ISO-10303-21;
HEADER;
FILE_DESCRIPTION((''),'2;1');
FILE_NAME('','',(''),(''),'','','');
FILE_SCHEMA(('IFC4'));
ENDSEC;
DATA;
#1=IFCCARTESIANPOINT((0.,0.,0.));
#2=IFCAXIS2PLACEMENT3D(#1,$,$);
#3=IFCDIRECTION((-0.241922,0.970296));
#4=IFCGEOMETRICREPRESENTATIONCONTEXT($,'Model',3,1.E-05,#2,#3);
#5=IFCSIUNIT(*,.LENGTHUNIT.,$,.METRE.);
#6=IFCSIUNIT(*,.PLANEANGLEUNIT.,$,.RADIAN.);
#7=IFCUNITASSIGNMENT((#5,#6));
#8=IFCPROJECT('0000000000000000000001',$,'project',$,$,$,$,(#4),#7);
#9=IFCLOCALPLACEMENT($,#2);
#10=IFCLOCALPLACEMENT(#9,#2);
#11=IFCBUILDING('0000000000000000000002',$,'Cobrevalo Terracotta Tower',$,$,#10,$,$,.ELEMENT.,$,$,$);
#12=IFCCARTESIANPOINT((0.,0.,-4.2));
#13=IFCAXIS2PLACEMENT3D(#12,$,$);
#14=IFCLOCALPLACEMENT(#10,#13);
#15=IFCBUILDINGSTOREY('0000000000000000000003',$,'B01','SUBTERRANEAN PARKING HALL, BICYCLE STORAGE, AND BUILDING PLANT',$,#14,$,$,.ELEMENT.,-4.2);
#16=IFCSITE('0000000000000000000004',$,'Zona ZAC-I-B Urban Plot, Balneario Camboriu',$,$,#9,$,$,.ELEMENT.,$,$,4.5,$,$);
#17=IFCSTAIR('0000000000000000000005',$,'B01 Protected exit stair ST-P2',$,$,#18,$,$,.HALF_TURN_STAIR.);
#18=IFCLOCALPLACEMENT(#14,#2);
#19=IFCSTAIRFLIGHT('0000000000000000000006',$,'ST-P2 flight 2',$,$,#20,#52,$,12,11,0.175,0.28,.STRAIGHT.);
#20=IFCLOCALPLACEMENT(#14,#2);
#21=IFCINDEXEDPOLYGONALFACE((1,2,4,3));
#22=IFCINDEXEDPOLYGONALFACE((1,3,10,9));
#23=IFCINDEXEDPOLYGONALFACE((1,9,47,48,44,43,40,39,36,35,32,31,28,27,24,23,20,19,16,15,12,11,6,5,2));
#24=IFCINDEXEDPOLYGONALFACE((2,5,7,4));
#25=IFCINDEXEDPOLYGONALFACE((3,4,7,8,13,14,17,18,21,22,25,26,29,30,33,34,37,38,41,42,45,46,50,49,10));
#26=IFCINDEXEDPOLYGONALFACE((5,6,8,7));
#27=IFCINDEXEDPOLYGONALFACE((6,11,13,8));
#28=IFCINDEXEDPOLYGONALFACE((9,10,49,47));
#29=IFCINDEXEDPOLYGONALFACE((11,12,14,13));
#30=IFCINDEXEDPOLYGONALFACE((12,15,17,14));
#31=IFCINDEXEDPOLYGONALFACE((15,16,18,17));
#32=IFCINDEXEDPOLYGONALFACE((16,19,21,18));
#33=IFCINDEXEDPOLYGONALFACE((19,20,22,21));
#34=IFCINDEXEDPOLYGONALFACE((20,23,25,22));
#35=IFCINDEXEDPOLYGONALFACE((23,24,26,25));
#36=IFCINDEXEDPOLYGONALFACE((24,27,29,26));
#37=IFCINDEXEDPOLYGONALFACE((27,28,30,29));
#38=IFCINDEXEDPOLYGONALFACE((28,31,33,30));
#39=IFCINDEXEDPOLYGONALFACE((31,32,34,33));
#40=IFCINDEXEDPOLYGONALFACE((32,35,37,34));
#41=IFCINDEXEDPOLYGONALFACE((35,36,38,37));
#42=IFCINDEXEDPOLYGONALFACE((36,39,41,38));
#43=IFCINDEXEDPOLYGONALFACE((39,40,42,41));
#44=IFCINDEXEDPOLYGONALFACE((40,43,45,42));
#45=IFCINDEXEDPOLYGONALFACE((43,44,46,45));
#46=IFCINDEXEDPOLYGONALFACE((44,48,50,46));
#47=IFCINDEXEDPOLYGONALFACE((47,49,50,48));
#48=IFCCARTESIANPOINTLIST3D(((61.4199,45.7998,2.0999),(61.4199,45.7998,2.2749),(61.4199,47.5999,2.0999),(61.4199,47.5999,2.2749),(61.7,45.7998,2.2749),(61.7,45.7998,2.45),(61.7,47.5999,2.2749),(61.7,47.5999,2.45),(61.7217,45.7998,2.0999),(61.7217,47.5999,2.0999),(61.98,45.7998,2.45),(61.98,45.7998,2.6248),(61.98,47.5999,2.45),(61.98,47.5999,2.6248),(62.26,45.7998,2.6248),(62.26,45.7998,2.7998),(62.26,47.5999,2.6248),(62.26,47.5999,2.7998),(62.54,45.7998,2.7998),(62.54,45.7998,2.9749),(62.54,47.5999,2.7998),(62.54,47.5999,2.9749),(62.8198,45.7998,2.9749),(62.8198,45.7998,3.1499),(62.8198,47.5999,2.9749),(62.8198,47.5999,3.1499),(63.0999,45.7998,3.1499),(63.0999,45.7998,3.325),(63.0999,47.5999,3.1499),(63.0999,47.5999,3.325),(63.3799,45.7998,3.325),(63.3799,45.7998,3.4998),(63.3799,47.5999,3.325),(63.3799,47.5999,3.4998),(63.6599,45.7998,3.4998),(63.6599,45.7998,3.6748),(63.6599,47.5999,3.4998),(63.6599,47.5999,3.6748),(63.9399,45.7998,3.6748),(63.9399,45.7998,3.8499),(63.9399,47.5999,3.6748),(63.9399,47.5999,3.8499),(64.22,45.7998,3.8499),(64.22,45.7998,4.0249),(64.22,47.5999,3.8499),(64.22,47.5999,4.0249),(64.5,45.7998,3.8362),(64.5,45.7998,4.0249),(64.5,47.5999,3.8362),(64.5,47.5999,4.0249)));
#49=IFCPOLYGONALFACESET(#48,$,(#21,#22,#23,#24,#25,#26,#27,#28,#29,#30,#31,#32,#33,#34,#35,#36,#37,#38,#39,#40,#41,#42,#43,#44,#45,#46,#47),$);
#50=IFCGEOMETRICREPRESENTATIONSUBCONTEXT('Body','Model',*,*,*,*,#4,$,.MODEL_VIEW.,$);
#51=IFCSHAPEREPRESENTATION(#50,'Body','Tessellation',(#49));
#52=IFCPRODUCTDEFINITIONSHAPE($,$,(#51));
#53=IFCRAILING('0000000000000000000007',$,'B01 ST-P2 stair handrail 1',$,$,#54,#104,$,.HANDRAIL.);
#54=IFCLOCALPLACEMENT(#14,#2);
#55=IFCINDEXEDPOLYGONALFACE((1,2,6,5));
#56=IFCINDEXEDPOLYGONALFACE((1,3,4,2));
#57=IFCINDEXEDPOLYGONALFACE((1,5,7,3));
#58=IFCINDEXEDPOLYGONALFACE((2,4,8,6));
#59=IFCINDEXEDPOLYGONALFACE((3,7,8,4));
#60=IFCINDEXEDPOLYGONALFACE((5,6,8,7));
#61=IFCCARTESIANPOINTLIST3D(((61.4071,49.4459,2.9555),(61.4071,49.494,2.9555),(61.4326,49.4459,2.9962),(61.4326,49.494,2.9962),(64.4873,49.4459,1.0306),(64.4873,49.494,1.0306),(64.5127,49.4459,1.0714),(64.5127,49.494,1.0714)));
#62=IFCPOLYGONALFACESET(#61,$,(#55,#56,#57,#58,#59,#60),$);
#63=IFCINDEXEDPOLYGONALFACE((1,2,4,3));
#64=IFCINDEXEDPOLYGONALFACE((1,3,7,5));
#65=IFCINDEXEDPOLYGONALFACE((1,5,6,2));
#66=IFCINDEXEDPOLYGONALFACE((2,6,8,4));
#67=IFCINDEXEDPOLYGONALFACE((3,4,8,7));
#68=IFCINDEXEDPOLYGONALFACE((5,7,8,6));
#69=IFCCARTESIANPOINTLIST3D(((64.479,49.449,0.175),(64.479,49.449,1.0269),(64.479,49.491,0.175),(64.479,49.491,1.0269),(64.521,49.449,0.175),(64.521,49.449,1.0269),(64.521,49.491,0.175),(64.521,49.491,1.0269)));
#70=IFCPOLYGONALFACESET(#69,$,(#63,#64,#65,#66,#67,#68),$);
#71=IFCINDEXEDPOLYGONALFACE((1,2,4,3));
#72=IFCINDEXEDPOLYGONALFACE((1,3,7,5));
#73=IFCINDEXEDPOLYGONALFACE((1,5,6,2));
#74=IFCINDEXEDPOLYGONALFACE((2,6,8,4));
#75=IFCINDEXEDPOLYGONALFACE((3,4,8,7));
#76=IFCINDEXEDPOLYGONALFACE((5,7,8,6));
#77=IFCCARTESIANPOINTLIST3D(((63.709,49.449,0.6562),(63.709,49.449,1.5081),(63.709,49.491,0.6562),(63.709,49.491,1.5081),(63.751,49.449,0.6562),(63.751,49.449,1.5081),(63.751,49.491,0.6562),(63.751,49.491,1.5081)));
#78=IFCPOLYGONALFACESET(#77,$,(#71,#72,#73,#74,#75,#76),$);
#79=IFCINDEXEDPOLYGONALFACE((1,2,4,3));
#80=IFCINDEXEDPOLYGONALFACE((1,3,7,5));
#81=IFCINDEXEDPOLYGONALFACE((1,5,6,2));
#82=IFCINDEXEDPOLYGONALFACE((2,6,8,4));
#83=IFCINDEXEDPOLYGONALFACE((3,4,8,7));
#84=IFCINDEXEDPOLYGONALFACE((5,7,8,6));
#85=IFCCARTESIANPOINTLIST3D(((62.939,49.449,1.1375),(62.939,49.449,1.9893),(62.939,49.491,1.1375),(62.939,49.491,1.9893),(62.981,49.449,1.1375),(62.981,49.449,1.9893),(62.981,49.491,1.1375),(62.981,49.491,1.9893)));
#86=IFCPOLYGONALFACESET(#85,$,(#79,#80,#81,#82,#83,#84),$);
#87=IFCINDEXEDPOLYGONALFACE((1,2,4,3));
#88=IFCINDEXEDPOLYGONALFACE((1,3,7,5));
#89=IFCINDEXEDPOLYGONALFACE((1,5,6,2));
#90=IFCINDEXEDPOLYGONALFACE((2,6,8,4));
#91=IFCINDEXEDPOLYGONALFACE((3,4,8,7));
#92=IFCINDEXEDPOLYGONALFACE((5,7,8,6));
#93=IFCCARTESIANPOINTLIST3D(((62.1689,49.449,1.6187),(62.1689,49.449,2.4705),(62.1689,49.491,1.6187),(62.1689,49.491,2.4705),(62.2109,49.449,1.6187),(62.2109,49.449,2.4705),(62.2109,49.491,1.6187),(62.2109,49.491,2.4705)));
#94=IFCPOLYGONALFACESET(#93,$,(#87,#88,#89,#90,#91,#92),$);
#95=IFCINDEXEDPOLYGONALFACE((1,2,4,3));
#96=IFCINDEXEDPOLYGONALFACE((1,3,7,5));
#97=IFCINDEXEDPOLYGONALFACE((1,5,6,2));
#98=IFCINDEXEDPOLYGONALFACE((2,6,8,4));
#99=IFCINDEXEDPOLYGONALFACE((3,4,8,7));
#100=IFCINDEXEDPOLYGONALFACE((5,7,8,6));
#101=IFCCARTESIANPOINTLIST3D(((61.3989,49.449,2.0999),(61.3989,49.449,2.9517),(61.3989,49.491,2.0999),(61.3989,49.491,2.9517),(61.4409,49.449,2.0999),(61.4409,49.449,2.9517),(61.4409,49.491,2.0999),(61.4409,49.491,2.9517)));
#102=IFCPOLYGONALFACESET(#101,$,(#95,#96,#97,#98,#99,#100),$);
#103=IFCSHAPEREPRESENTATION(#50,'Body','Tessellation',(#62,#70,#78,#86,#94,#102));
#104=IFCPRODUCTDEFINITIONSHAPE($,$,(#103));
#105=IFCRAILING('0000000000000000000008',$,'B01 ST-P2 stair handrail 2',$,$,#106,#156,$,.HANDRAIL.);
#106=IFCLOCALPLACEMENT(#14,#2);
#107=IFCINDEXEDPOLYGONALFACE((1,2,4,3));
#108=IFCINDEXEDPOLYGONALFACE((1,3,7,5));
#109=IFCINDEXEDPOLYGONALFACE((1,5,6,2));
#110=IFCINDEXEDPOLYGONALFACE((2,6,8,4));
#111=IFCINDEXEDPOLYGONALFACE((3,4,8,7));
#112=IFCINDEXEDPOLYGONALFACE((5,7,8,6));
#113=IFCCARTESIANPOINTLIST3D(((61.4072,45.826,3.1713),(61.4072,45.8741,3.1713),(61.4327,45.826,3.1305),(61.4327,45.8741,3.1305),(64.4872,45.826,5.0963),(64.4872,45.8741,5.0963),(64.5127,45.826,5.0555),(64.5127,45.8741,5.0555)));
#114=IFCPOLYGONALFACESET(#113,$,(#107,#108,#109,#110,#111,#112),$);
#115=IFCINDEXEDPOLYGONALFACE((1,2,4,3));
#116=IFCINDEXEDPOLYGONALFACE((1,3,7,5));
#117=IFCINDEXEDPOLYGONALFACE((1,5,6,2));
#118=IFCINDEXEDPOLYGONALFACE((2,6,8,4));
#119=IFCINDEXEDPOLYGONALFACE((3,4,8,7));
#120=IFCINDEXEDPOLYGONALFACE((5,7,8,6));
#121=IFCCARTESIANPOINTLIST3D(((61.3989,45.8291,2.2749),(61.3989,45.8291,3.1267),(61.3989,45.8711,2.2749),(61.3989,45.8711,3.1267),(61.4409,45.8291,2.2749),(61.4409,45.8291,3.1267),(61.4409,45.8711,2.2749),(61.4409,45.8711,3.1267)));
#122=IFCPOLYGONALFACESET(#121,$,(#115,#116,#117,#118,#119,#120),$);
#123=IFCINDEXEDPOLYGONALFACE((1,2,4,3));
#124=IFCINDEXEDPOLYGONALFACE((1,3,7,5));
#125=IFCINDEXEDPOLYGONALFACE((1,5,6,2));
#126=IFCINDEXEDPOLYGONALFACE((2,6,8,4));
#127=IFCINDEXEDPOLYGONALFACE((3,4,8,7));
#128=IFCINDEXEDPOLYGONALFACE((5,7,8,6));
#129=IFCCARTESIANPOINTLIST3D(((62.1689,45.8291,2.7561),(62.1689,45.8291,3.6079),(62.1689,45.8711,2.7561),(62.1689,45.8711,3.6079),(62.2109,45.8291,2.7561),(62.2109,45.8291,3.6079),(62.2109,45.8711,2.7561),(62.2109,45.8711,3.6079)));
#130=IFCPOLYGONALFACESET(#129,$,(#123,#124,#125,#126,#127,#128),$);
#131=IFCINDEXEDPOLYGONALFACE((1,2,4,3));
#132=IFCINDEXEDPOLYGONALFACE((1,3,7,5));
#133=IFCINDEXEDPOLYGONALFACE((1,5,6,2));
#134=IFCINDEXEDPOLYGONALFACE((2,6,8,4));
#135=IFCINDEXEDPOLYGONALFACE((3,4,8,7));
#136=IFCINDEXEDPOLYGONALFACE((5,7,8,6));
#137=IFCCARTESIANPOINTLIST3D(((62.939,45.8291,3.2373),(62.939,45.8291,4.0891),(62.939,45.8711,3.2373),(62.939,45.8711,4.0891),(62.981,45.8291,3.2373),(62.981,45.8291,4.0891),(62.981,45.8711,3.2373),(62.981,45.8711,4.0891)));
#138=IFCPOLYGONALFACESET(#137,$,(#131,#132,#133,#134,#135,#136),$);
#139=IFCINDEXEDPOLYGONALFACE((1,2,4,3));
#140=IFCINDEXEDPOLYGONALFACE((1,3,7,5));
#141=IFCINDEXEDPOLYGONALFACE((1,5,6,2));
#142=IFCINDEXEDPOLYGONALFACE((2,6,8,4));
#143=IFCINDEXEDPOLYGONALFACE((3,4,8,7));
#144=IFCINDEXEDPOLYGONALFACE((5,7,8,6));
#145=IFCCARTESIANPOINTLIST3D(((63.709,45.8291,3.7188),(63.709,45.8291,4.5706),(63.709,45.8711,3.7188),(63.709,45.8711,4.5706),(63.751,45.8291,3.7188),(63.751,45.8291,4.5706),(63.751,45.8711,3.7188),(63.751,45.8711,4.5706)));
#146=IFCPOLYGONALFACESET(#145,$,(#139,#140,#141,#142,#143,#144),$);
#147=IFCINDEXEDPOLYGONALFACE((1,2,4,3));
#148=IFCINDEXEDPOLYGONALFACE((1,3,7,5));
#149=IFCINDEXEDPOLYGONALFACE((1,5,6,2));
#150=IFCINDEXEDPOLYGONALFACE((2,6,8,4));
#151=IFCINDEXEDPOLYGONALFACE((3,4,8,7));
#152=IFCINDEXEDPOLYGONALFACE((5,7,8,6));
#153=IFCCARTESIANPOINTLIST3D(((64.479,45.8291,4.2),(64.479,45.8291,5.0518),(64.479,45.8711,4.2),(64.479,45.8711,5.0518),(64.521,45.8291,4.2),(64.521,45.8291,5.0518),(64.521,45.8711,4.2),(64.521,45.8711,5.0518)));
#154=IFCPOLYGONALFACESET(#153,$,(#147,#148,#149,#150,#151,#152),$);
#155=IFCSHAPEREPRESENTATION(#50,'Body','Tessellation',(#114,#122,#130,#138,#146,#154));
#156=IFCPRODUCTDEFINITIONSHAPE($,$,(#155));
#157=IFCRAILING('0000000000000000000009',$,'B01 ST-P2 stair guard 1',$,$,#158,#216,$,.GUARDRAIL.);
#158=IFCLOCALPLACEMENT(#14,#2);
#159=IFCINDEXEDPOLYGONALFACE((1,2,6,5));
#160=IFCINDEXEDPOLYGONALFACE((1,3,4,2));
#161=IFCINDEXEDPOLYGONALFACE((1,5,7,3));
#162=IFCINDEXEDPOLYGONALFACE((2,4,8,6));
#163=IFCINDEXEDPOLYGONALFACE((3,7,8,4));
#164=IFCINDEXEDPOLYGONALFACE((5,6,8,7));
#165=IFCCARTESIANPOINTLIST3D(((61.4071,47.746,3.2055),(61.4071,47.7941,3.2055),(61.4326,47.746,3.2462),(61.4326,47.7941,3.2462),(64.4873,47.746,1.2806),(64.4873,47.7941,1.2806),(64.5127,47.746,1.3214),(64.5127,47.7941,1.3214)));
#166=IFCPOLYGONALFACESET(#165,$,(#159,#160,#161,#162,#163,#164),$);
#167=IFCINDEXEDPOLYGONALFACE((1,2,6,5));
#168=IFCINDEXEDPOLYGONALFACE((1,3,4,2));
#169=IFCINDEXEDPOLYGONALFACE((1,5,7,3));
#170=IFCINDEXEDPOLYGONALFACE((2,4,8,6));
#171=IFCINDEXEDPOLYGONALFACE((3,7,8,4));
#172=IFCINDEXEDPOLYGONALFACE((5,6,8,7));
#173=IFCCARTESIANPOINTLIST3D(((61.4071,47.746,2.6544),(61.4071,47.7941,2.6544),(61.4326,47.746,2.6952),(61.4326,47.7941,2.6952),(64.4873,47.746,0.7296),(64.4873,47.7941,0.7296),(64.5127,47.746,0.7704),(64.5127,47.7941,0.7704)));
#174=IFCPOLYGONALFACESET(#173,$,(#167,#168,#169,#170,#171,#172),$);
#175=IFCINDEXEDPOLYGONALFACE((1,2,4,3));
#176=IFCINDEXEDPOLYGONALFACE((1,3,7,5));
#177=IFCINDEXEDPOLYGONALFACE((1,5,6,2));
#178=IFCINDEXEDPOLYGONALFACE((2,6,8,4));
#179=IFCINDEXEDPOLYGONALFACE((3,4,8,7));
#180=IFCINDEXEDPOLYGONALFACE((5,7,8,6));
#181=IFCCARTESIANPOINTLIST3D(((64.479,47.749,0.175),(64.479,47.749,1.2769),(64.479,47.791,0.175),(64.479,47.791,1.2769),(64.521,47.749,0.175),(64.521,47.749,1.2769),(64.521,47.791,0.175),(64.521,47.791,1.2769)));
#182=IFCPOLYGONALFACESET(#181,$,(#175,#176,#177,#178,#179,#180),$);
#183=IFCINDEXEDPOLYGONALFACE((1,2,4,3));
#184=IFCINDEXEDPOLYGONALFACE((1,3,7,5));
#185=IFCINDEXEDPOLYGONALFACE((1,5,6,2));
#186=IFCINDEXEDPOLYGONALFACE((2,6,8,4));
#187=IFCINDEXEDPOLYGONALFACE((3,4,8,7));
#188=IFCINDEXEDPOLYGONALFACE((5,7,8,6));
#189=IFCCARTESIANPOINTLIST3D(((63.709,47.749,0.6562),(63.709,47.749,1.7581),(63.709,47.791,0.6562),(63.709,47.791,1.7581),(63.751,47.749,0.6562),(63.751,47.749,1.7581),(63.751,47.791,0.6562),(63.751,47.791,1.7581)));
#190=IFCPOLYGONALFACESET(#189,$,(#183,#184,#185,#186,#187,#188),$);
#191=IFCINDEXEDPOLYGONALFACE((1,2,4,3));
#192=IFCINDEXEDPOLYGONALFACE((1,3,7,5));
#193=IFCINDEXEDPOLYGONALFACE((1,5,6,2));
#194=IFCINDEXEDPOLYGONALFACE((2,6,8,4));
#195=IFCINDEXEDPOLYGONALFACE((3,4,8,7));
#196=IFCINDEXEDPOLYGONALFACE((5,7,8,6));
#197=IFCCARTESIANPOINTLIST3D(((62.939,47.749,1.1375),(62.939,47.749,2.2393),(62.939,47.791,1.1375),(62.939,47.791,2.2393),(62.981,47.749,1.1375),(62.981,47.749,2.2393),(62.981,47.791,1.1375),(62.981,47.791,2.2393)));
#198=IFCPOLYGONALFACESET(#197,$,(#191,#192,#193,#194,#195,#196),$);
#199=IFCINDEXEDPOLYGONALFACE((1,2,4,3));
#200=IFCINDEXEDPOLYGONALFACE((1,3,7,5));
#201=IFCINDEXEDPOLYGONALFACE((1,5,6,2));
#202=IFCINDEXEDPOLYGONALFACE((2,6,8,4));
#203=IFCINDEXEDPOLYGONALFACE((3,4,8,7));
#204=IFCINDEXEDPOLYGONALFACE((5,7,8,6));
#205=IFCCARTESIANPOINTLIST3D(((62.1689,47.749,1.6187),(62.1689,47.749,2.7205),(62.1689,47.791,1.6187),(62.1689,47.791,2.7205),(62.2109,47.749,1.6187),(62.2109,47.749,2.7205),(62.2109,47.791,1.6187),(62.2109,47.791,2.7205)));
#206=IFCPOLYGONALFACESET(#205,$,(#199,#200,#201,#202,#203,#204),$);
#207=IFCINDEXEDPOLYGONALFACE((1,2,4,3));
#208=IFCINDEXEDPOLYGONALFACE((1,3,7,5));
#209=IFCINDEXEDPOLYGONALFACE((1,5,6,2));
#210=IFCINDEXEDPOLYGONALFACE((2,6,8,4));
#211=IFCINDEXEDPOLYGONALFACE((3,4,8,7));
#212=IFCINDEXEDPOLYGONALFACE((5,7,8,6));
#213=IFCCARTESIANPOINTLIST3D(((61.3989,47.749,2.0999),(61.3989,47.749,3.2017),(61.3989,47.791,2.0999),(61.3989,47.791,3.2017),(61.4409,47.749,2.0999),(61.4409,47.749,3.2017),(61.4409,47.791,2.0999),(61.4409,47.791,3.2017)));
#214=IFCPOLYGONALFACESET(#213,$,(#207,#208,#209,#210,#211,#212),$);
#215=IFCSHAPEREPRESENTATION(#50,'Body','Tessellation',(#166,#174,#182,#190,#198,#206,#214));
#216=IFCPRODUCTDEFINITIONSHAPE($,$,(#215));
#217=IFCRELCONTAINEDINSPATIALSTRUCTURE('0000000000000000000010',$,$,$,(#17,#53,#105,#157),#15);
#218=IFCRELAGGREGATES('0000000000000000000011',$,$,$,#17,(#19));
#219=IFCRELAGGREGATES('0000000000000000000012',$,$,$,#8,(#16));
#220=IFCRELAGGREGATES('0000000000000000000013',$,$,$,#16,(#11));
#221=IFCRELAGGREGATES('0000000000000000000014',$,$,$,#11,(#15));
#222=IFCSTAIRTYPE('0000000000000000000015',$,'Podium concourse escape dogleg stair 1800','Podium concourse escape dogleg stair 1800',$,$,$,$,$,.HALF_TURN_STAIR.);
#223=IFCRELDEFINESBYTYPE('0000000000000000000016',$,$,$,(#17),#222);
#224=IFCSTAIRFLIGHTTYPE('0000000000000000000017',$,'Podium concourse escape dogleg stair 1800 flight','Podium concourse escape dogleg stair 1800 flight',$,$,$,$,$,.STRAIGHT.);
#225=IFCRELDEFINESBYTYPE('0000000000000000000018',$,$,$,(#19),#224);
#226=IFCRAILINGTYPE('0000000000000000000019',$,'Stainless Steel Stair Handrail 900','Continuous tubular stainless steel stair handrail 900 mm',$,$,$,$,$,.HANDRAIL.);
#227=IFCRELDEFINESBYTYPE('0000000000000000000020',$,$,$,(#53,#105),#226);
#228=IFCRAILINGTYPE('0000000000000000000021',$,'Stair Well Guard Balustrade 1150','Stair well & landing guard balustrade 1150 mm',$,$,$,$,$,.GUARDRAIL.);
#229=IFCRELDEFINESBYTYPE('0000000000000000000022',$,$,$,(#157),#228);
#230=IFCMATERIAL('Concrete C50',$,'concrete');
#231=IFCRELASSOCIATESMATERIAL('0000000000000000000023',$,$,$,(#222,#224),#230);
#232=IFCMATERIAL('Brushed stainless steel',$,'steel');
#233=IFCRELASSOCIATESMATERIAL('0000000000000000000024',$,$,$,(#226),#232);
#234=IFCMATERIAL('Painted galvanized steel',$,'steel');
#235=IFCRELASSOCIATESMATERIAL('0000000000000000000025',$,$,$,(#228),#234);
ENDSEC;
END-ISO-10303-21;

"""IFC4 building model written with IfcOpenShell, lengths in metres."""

from ifc_helpers import new_model, si_unit, direction, frame, origin, origin_2d, place, context, subcontext, project, spatial, polyline, rectangle, outline, extrude, material, type_object, element, aggregate, save


model = new_model("IFC4")

# Units and contexts
model_context = context("Model", 3, precision=1e-05, world=origin(), true_north=direction((-0.241922, 0.970296)))
body_context = subcontext(model_context, "Body", "Model", "MODEL_VIEW")
ifc_project = project(units=[si_unit("LENGTHUNIT", "METRE"), si_unit("PLANEANGLEUNIT", "RADIAN")], contexts=[model_context])

# Site, building, storey
site_placement = place(None, origin())
site = spatial("IfcSite", under=ifc_project, at=site_placement, Name="Zona ZAC-I-B Urban Plot, Balneario Camboriu", CompositionType="ELEMENT", RefElevation=4.5)
building_placement = place(site_placement, origin())
building = spatial("IfcBuilding", under=site, at=building_placement, Name="Cobrevalo Terracotta Tower", CompositionType="ELEMENT")
storey_placement = place(building_placement, frame((0.0, 0.0, -4.2)))
storey = spatial("IfcBuildingStorey", under=building, at=storey_placement, Name="B01", Description="SUBTERRANEAN PARKING HALL, BICYCLE STORAGE, AND BUILDING PLANT", CompositionType="ELEMENT", Elevation=-4.2)

# Shared definitions
ifc_material_1 = material(Name="Concrete C50", Category="concrete")

# Stair, stair flight
stair_type = type_object("IfcStairType", Name="Podium concourse escape dogleg stair 1800", Description="Podium concourse escape dogleg stair 1800", PredefinedType="HALF_TURN_STAIR", material=ifc_material_1)
stair_placement = place(storey_placement, origin())
stair = element("IfcStair", 1, at=stair_placement, inside=storey, type_object=stair_type, Name="B01 Protected exit stair ST-P2", PredefinedType="HALF_TURN_STAIR")
stair_flight_type = type_object("IfcStairFlightType", Name="Podium concourse escape dogleg stair 1800 flight", Description="Podium concourse escape dogleg stair 1800 flight", PredefinedType="STRAIGHT", material=ifc_material_1)
stair_flight_1_placement = place(storey_placement, frame((61.4199, 46.7, 2.0999), z_axis=(0.0, 0.0, 1.0), x_axis=(1.0, 0.0, 0.0)))
stair_flight_1 = element("IfcStairFlight", 2, at=stair_flight_1_placement, type_object=stair_flight_type, Name="ST-P2 flight 2", NumberOfRisers=12, NumberOfTreads=11, PredefinedType="STRAIGHT", RiserHeight=0.175, TreadLength=0.28, context=body_context, shape_type="SweptSolid", body=[
    extrude(outline(polyline([(0.0, 0.0), (0.0, 0.175), (0.28, 0.175), (0.28, 0.3501), (0.5601, 0.3501), (0.5601, 0.5249), (0.8401, 0.5249), (0.8401, 0.7), (1.1201, 0.7), (1.1201, 0.875), (1.3999, 0.875), (1.3999, 1.05), (1.6799, 1.05), (1.6799, 1.2251), (1.96, 1.2251), (1.96, 1.3999), (2.24, 1.3999), (2.24, 1.575), (2.52, 1.575), (2.52, 1.75), (2.8, 1.75), (2.8, 1.925), (3.0801, 1.925), (3.0801, 2.1001), (3.0801, 1.7363), (0.3018, 0.0), (0.0, 0.0)])), frame((0.0, 0.8999, 0.0), z_axis=(0.0, -1.0, 0.0), x_axis=(1.0, 0.0, 0.0)), (0.0, 0.0, 1.0), 1.8),
])
aggregate(stair, [stair_flight_1])

# Railings
ifc_material_2 = material(Name="Brushed stainless steel", Category="steel")
railing_type_1 = type_object("IfcRailingType", Name="Stainless Steel Stair Handrail 900", Description="Continuous tubular stainless steel stair handrail 900 mm", PredefinedType="HANDRAIL", material=ifc_material_2)
railing_1_placement = place(storey_placement, frame((64.5, 49.47, 0.175)))
element("IfcRailing", 3, at=railing_1_placement, inside=storey, type_object=railing_type_1, Name="B01 ST-P2 stair handrail 1", PredefinedType="HANDRAIL", context=body_context, shape_type="SweptSolid", body=[
    extrude(rectangle(XDim=0.0481, YDim=0.0481, at=origin_2d()), frame((0.0, 0.0, 0.876), z_axis=(-0.848029, 0.0, 0.529951), x_axis=(0.0, -1.0, 0.0)), (0.0, 0.0, 1.0), 3.6321),
    extrude(rectangle(XDim=0.042, YDim=0.042, at=origin_2d()), origin(), (0.0, 0.0, 1.0), 0.8518),
    extrude(rectangle(XDim=0.042, YDim=0.042, at=origin_2d()), frame((-0.77, 0.0, 0.4812)), (0.0, 0.0, 1.0), 0.8518),
    extrude(rectangle(XDim=0.042, YDim=0.042, at=origin_2d()), frame((-1.54, 0.0, 0.9624)), (0.0, 0.0, 1.0), 0.8518),
    extrude(rectangle(XDim=0.042, YDim=0.042, at=origin_2d()), frame((-2.3101, 0.0, 1.4436)), (0.0, 0.0, 1.0), 0.8518),
    extrude(rectangle(XDim=0.042, YDim=0.042, at=origin_2d()), frame((-3.0801, 0.0, 1.9248)), (0.0, 0.0, 1.0), 0.8518),
])
railing_2_placement = place(storey_placement, frame((61.4199, 45.8501, 2.2749)))
element("IfcRailing", 4, at=railing_2_placement, inside=storey, type_object=railing_type_1, Name="B01 ST-P2 stair handrail 2", PredefinedType="HANDRAIL", context=body_context, shape_type="SweptSolid", body=[
    extrude(rectangle(XDim=0.0481, YDim=0.0481, at=origin_2d()), frame((0.0, 0.0, 0.876), z_axis=(0.847998, 0.0, 0.529999), x_axis=(0.0, 1.0, 0.0)), (0.0, 0.0, 1.0), 3.6321),
    extrude(rectangle(XDim=0.042, YDim=0.042, at=origin_2d()), origin(), (0.0, 0.0, 1.0), 0.8518),
    extrude(rectangle(XDim=0.042, YDim=0.042, at=origin_2d()), frame((0.77, 0.0, 0.4812)), (0.0, 0.0, 1.0), 0.8518),
    extrude(rectangle(XDim=0.042, YDim=0.042, at=origin_2d()), frame((1.54, 0.0, 0.9624)), (0.0, 0.0, 1.0), 0.8518),
    extrude(rectangle(XDim=0.042, YDim=0.042, at=origin_2d()), frame((2.3101, 0.0, 1.4438)), (0.0, 0.0, 1.0), 0.8518),
    extrude(rectangle(XDim=0.042, YDim=0.042, at=origin_2d()), frame((3.0801, 0.0, 1.925)), (0.0, 0.0, 1.0), 0.8518),
])
ifc_material_3 = material(Name="Painted galvanized steel", Category="steel")
railing_type_2 = type_object("IfcRailingType", Name="Stair Well Guard Balustrade 1150", Description="Stair well & landing guard balustrade 1150 mm", PredefinedType="GUARDRAIL", material=ifc_material_3)
railing_3_placement = place(storey_placement, frame((64.5, 47.77, 0.175)))
element("IfcRailing", 5, at=railing_3_placement, inside=storey, type_object=railing_type_2, Name="B01 ST-P2 stair guard 1", PredefinedType="GUARDRAIL", context=body_context, shape_type="SweptSolid", body=[
    extrude(rectangle(XDim=0.0481, YDim=0.0481, at=origin_2d()), frame((0.0, 0.0, 1.126), z_axis=(-0.848029, 0.0, 0.529951), x_axis=(0.0, -1.0, 0.0)), (0.0, 0.0, 1.0), 3.6321),
    extrude(rectangle(XDim=0.0481, YDim=0.0481, at=origin_2d()), frame((0.0, 0.0, 0.575), z_axis=(-0.848029, 0.0, 0.529951), x_axis=(0.0, -1.0, 0.0)), (0.0, 0.0, 1.0), 3.6321),
    extrude(rectangle(XDim=0.042, YDim=0.042, at=origin_2d()), origin(), (0.0, 0.0, 1.0), 1.1018),
    extrude(rectangle(XDim=0.042, YDim=0.042, at=origin_2d()), frame((-0.77, 0.0, 0.4812)), (0.0, 0.0, 1.0), 1.1018),
    extrude(rectangle(XDim=0.042, YDim=0.042, at=origin_2d()), frame((-1.54, 0.0, 0.9624)), (0.0, 0.0, 1.0), 1.1018),
    extrude(rectangle(XDim=0.042, YDim=0.042, at=origin_2d()), frame((-2.3101, 0.0, 1.4436)), (0.0, 0.0, 1.0), 1.1018),
    extrude(rectangle(XDim=0.042, YDim=0.042, at=origin_2d()), frame((-3.0801, 0.0, 1.9248)), (0.0, 0.0, 1.0), 1.1018),
])

save(model, "model.ifc")
